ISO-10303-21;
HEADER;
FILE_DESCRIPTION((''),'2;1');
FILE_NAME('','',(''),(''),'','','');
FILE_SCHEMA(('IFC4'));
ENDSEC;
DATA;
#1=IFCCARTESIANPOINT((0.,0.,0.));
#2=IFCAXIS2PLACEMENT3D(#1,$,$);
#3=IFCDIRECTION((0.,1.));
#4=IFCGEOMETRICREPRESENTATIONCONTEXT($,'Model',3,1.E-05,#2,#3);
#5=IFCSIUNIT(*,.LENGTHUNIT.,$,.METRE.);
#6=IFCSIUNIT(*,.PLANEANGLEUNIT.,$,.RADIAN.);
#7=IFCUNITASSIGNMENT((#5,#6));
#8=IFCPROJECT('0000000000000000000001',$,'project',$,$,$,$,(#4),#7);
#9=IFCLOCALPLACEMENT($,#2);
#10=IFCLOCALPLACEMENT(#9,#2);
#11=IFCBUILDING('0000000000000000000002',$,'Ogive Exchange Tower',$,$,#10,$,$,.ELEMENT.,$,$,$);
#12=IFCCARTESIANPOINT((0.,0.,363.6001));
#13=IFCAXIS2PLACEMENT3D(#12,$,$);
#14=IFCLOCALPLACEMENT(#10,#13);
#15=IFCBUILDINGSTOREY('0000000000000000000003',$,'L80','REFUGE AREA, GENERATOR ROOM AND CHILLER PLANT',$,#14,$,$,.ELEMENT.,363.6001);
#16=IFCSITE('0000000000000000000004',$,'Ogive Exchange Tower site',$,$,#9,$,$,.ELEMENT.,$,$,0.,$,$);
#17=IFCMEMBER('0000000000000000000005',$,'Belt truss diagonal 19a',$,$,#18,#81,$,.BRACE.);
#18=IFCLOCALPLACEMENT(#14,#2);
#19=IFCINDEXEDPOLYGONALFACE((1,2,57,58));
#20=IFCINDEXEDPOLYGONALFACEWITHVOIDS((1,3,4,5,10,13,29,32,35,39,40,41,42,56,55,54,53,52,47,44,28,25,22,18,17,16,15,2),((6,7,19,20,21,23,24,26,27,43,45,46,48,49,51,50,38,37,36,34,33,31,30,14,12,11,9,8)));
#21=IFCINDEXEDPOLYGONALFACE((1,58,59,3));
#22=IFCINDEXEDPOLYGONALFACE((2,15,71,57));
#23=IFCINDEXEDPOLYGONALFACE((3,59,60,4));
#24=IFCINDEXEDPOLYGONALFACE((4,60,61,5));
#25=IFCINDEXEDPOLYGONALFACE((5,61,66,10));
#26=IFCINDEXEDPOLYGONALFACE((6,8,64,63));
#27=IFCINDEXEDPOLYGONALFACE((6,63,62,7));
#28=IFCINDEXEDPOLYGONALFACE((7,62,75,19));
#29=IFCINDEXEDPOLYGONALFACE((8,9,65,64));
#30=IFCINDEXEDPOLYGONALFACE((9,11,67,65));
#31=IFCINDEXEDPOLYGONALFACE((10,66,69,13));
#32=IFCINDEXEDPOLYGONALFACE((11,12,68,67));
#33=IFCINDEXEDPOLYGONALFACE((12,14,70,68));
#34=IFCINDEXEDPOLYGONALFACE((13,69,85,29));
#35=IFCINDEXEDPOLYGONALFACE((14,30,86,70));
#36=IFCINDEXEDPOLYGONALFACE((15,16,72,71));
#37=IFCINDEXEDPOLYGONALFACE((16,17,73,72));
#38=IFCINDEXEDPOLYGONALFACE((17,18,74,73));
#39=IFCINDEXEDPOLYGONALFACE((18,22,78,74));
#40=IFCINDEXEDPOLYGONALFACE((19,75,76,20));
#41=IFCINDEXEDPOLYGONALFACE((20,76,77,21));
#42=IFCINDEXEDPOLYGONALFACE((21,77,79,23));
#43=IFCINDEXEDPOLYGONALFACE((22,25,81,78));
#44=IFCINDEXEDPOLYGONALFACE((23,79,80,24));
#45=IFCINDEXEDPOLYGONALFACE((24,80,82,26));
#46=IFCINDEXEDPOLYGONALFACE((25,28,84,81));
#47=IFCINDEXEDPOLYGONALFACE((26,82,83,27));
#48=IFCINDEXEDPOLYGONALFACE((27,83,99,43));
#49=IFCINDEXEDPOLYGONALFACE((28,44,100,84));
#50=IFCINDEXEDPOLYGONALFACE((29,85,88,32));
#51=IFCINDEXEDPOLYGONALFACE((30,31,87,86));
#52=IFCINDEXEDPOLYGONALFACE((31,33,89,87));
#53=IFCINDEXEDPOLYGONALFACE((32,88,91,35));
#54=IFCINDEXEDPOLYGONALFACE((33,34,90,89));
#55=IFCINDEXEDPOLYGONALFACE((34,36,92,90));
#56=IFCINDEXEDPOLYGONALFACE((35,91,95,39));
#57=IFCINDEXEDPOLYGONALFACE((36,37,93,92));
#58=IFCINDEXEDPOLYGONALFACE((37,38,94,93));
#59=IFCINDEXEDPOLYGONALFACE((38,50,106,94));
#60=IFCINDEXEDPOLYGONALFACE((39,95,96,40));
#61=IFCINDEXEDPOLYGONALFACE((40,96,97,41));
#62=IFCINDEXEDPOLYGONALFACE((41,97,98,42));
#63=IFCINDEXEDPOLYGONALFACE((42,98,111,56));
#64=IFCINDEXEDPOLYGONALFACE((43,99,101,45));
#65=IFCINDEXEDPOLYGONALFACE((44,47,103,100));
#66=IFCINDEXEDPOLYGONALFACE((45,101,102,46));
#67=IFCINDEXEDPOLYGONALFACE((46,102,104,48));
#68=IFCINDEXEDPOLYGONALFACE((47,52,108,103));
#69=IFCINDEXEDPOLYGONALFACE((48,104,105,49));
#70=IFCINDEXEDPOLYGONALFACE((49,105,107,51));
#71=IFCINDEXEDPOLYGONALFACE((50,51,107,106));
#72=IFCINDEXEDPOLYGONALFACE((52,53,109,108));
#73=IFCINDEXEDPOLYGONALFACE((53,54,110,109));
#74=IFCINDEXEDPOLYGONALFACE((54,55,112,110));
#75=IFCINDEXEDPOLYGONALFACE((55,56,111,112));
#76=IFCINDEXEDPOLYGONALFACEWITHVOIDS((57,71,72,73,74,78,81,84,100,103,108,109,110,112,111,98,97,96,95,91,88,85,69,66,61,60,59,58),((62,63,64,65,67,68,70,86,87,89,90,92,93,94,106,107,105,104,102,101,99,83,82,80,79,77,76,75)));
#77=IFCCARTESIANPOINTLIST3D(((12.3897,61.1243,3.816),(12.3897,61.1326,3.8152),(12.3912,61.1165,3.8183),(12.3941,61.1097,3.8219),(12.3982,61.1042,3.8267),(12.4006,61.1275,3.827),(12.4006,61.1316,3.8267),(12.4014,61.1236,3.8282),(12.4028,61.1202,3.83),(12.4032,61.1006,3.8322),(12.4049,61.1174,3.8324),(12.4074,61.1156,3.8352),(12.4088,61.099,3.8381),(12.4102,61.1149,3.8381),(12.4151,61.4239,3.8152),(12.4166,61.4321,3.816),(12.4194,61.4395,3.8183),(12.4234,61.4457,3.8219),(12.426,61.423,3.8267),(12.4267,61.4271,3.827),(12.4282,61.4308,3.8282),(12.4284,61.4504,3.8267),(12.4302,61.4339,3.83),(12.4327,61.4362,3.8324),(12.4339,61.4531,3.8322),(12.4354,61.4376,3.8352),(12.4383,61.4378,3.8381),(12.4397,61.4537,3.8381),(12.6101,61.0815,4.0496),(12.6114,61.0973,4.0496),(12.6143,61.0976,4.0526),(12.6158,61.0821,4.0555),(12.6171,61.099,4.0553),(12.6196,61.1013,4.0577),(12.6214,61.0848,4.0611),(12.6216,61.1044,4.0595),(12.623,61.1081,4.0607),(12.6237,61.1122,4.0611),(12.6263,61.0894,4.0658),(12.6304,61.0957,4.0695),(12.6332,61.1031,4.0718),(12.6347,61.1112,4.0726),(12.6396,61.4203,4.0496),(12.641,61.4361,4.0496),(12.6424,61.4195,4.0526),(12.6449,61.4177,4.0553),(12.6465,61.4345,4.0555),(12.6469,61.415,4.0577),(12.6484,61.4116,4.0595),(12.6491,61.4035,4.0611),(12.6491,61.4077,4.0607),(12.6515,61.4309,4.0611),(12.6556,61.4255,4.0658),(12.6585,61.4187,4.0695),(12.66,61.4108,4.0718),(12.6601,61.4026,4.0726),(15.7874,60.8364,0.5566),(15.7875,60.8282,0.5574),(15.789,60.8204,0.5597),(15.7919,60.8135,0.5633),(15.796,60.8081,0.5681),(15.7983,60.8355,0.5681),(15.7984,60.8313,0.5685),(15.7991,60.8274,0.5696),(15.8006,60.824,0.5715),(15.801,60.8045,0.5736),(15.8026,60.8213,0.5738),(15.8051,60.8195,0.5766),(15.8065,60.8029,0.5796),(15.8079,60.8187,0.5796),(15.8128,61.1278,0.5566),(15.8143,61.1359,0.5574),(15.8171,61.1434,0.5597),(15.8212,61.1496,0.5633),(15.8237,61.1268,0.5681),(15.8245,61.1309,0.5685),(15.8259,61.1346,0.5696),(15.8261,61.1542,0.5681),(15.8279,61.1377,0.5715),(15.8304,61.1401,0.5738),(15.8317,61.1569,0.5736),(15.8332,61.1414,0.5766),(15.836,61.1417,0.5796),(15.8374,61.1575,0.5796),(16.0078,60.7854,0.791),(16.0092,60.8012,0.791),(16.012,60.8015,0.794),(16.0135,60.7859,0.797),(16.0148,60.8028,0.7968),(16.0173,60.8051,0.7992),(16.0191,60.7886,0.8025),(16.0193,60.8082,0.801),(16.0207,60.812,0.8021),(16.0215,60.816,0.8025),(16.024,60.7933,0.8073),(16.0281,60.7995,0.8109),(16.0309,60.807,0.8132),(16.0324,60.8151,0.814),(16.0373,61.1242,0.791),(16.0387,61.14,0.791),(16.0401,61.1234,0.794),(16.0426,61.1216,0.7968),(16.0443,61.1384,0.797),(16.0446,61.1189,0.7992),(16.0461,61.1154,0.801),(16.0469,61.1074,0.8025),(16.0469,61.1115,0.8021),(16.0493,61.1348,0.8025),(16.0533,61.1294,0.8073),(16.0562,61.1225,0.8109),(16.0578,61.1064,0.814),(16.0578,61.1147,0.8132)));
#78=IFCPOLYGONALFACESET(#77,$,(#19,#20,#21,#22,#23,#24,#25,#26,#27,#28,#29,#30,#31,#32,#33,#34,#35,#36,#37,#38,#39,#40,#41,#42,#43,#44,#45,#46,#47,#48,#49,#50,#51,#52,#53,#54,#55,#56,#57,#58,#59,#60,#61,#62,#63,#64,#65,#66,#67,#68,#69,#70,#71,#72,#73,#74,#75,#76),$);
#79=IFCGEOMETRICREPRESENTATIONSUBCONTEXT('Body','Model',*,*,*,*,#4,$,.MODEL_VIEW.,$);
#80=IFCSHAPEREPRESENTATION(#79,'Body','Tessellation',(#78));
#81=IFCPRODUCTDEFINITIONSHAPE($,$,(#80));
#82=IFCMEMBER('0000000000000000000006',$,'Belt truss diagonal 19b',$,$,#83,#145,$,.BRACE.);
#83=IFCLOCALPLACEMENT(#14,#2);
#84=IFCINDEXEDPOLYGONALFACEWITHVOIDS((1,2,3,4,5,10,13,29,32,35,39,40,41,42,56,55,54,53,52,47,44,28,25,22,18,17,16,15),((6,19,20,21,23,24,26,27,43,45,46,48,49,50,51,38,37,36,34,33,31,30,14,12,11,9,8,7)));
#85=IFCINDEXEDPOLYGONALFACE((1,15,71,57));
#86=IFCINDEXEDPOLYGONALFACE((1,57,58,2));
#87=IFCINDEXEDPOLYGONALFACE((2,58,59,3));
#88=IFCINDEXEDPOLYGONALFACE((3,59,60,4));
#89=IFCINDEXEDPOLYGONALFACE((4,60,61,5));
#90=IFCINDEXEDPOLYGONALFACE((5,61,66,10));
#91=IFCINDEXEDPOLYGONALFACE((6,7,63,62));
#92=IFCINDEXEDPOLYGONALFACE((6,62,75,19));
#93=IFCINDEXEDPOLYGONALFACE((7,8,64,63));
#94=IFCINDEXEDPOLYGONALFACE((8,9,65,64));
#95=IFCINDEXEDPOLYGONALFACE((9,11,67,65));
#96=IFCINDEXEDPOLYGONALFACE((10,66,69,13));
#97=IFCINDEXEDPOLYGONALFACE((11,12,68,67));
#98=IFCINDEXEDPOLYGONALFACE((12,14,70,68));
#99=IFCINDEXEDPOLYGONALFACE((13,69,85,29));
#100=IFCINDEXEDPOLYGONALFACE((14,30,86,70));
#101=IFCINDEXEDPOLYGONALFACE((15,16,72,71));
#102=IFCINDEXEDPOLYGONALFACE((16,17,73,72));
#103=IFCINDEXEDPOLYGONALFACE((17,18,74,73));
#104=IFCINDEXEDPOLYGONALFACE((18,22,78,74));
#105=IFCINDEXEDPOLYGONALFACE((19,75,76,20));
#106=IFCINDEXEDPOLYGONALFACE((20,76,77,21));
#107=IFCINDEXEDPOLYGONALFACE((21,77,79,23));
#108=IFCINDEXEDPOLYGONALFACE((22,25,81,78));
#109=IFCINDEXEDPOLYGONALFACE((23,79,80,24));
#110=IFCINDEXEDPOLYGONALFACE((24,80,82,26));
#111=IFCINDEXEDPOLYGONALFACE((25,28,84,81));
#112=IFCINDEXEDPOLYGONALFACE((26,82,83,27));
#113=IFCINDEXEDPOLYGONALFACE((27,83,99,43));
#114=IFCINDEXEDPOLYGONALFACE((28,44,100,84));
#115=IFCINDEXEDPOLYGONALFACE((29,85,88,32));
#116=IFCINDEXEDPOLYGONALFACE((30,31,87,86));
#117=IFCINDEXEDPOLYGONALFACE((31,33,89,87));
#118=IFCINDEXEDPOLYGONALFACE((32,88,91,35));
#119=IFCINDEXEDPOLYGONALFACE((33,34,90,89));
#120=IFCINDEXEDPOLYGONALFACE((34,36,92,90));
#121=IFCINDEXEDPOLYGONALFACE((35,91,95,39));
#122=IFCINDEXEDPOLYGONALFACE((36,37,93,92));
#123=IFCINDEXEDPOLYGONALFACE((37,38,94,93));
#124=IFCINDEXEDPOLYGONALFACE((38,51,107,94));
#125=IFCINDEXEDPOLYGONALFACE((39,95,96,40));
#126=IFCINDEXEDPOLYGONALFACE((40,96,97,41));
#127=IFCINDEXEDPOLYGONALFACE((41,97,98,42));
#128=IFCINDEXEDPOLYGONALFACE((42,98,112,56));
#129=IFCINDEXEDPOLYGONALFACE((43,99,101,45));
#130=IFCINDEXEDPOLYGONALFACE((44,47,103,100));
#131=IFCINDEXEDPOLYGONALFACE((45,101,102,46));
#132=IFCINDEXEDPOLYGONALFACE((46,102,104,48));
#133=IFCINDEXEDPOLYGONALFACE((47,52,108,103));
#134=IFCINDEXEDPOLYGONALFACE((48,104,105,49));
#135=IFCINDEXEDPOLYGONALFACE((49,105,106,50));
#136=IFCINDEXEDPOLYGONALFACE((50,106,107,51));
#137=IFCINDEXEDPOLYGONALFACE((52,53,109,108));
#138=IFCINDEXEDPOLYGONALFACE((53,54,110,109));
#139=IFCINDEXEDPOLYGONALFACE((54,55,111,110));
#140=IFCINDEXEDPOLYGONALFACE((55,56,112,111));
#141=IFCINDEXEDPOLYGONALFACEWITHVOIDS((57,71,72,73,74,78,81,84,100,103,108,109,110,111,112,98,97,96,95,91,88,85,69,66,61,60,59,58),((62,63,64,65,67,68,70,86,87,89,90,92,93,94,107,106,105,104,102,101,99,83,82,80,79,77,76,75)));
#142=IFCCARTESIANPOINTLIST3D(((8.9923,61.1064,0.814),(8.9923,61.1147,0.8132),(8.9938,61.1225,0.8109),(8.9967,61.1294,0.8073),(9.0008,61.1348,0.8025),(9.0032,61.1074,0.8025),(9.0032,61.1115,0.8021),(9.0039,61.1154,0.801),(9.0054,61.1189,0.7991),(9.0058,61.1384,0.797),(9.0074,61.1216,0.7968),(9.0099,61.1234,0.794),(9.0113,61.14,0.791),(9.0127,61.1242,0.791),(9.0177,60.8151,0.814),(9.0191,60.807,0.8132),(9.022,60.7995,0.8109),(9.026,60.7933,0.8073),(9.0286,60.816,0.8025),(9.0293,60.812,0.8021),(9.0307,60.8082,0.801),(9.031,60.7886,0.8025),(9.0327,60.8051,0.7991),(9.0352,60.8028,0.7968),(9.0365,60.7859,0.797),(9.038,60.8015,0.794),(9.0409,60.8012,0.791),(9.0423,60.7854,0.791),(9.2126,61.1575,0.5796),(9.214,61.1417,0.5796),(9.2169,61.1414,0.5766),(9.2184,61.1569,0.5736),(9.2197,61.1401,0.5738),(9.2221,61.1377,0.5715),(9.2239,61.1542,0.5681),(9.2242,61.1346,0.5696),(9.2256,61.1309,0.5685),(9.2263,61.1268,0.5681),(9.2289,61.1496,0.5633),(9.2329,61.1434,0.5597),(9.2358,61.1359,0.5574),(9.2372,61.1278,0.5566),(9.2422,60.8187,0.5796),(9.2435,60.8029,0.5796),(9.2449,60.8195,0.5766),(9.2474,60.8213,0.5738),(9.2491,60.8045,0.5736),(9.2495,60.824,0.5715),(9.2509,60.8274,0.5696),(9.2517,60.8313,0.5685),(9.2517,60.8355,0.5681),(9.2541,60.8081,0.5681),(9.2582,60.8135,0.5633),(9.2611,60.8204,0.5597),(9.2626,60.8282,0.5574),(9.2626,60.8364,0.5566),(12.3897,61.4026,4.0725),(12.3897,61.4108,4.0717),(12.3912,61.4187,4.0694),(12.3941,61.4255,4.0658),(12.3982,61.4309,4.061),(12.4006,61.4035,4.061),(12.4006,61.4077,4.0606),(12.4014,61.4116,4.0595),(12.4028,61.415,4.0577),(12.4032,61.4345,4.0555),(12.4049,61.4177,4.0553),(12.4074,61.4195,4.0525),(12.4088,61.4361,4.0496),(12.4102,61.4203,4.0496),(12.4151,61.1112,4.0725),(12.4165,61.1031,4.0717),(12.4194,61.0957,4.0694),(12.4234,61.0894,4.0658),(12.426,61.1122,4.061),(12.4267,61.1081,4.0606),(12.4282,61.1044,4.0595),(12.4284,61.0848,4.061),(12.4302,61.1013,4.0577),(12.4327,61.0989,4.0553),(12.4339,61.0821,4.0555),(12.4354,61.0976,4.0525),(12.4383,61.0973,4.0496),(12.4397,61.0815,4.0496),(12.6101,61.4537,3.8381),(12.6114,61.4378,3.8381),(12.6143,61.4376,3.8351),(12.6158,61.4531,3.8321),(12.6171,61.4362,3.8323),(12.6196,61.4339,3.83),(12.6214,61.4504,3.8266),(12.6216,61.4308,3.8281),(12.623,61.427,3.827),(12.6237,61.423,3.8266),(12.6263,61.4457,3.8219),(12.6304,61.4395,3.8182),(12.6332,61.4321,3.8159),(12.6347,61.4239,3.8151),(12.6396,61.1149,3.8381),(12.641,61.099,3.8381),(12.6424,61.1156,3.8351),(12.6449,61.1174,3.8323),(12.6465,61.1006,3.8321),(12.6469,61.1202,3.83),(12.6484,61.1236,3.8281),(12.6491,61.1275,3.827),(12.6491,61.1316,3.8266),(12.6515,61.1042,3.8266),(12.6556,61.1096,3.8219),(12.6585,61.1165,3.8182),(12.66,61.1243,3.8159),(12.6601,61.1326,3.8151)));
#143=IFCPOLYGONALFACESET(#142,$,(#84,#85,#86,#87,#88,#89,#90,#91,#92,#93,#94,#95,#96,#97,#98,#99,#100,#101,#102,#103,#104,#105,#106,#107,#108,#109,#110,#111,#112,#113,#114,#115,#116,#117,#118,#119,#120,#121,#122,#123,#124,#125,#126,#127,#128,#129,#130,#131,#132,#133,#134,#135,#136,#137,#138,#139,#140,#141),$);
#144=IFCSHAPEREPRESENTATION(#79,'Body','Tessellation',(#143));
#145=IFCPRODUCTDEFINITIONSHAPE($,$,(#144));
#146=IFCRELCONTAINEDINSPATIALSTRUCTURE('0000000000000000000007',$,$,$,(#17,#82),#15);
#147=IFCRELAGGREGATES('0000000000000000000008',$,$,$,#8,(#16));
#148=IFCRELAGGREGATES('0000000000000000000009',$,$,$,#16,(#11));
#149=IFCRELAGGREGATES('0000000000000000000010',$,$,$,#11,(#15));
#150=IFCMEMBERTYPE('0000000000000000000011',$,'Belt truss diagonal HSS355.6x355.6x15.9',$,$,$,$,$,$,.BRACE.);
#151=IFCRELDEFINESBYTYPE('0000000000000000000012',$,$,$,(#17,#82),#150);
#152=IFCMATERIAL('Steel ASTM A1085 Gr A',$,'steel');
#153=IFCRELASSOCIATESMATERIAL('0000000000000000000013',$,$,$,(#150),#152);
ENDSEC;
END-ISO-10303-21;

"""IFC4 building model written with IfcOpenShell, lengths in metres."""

from ifc_helpers import new_model, si_unit, direction, frame, origin, origin_2d, place, context, subcontext, project, spatial, hollow_rectangle, extrude, material, material_profile, profile_set, type_object, element, save


model = new_model("IFC4")

# Units and contexts
model_context = context("Model", 3, precision=1e-05, world=origin(), true_north=direction((0.0, 1.0)))
body_context = subcontext(model_context, "Body", "Model", "MODEL_VIEW")
ifc_project = project(units=[si_unit("LENGTHUNIT", "METRE"), si_unit("PLANEANGLEUNIT", "RADIAN")], contexts=[model_context])

# Site, building, storey
site_placement = place(None, origin())
site = spatial("IfcSite", under=ifc_project, at=site_placement, Name="Ogive Exchange Tower site", CompositionType="ELEMENT", RefElevation=0.0)
building_placement = place(site_placement, origin())
building = spatial("IfcBuilding", under=site, at=building_placement, Name="Ogive Exchange Tower", CompositionType="ELEMENT")
storey_placement = place(building_placement, frame((0.0, 0.0, 363.6001)))
storey = spatial("IfcBuildingStorey", under=building, at=storey_placement, Name="L80", Description="REFUGE AREA, GENERATOR ROOM AND CHILLER PLANT", CompositionType="ELEMENT", Elevation=363.6001)

# Members
ifc_material_1 = material(Name="Steel ASTM A1085 Gr A", Category="steel")
ifc_material_profile_1 = material_profile(ifc_material_1, hollow_rectangle(XDim=0.356, YDim=0.356, WallThickness=0.0159, InnerFilletRadius=0.0159, OuterFilletRadius=0.0317, at=origin_2d()), Name="HSS355.6x355.6x15.9")
ifc_profile_set_1 = profile_set([ifc_material_profile_1], Name="Steel ASTM A1085 Gr A")
member_type = type_object("IfcMemberType", Name="Belt truss diagonal HSS355.6x355.6x15.9", PredefinedType="BRACE", material=ifc_profile_set_1)
for number, where, z_axis, x_axis, name in (
    (1, (15.9226, 60.9714, 0.6853), (-0.720309, 0.062782, 0.690807), (-0.08683, -0.996223, 0.0), "Belt truss diagonal 19a"),
):
    element("IfcMember", number, at=place(storey_placement, frame(where, z_axis=z_axis, x_axis=x_axis)), inside=storey, type_object=member_type, Name=name, PredefinedType="BRACE", context=body_context, shape_type="SweptSolid", body=[
        extrude(hollow_rectangle(XDim=0.356, YDim=0.356, WallThickness=0.0159, InnerFilletRadius=0.0159, OuterFilletRadius=0.0317, at=origin_2d()), origin(), (0.0, 0.0, 1.0), 4.717),
    ])
for number, where, z_axis, x_axis, name in (
    (2, (9.1274, 60.9714, 0.6853), (0.720284, 0.062784, 0.690833), (-0.086837, 0.996223, 0.0), "Belt truss diagonal 19b"),
):
    element("IfcMember", number, at=place(storey_placement, frame(where, z_axis=z_axis, x_axis=x_axis)), inside=storey, type_object=member_type, Name=name, PredefinedType="BRACE", context=body_context, shape_type="SweptSolid", body=[
        extrude(hollow_rectangle(XDim=0.356, YDim=0.356, WallThickness=0.0159, InnerFilletRadius=0.0159, OuterFilletRadius=0.0317, at=origin_2d()), origin(), (0.0, 0.0, 1.0), 4.7168),
    ])

save(model, "model.ifc")
